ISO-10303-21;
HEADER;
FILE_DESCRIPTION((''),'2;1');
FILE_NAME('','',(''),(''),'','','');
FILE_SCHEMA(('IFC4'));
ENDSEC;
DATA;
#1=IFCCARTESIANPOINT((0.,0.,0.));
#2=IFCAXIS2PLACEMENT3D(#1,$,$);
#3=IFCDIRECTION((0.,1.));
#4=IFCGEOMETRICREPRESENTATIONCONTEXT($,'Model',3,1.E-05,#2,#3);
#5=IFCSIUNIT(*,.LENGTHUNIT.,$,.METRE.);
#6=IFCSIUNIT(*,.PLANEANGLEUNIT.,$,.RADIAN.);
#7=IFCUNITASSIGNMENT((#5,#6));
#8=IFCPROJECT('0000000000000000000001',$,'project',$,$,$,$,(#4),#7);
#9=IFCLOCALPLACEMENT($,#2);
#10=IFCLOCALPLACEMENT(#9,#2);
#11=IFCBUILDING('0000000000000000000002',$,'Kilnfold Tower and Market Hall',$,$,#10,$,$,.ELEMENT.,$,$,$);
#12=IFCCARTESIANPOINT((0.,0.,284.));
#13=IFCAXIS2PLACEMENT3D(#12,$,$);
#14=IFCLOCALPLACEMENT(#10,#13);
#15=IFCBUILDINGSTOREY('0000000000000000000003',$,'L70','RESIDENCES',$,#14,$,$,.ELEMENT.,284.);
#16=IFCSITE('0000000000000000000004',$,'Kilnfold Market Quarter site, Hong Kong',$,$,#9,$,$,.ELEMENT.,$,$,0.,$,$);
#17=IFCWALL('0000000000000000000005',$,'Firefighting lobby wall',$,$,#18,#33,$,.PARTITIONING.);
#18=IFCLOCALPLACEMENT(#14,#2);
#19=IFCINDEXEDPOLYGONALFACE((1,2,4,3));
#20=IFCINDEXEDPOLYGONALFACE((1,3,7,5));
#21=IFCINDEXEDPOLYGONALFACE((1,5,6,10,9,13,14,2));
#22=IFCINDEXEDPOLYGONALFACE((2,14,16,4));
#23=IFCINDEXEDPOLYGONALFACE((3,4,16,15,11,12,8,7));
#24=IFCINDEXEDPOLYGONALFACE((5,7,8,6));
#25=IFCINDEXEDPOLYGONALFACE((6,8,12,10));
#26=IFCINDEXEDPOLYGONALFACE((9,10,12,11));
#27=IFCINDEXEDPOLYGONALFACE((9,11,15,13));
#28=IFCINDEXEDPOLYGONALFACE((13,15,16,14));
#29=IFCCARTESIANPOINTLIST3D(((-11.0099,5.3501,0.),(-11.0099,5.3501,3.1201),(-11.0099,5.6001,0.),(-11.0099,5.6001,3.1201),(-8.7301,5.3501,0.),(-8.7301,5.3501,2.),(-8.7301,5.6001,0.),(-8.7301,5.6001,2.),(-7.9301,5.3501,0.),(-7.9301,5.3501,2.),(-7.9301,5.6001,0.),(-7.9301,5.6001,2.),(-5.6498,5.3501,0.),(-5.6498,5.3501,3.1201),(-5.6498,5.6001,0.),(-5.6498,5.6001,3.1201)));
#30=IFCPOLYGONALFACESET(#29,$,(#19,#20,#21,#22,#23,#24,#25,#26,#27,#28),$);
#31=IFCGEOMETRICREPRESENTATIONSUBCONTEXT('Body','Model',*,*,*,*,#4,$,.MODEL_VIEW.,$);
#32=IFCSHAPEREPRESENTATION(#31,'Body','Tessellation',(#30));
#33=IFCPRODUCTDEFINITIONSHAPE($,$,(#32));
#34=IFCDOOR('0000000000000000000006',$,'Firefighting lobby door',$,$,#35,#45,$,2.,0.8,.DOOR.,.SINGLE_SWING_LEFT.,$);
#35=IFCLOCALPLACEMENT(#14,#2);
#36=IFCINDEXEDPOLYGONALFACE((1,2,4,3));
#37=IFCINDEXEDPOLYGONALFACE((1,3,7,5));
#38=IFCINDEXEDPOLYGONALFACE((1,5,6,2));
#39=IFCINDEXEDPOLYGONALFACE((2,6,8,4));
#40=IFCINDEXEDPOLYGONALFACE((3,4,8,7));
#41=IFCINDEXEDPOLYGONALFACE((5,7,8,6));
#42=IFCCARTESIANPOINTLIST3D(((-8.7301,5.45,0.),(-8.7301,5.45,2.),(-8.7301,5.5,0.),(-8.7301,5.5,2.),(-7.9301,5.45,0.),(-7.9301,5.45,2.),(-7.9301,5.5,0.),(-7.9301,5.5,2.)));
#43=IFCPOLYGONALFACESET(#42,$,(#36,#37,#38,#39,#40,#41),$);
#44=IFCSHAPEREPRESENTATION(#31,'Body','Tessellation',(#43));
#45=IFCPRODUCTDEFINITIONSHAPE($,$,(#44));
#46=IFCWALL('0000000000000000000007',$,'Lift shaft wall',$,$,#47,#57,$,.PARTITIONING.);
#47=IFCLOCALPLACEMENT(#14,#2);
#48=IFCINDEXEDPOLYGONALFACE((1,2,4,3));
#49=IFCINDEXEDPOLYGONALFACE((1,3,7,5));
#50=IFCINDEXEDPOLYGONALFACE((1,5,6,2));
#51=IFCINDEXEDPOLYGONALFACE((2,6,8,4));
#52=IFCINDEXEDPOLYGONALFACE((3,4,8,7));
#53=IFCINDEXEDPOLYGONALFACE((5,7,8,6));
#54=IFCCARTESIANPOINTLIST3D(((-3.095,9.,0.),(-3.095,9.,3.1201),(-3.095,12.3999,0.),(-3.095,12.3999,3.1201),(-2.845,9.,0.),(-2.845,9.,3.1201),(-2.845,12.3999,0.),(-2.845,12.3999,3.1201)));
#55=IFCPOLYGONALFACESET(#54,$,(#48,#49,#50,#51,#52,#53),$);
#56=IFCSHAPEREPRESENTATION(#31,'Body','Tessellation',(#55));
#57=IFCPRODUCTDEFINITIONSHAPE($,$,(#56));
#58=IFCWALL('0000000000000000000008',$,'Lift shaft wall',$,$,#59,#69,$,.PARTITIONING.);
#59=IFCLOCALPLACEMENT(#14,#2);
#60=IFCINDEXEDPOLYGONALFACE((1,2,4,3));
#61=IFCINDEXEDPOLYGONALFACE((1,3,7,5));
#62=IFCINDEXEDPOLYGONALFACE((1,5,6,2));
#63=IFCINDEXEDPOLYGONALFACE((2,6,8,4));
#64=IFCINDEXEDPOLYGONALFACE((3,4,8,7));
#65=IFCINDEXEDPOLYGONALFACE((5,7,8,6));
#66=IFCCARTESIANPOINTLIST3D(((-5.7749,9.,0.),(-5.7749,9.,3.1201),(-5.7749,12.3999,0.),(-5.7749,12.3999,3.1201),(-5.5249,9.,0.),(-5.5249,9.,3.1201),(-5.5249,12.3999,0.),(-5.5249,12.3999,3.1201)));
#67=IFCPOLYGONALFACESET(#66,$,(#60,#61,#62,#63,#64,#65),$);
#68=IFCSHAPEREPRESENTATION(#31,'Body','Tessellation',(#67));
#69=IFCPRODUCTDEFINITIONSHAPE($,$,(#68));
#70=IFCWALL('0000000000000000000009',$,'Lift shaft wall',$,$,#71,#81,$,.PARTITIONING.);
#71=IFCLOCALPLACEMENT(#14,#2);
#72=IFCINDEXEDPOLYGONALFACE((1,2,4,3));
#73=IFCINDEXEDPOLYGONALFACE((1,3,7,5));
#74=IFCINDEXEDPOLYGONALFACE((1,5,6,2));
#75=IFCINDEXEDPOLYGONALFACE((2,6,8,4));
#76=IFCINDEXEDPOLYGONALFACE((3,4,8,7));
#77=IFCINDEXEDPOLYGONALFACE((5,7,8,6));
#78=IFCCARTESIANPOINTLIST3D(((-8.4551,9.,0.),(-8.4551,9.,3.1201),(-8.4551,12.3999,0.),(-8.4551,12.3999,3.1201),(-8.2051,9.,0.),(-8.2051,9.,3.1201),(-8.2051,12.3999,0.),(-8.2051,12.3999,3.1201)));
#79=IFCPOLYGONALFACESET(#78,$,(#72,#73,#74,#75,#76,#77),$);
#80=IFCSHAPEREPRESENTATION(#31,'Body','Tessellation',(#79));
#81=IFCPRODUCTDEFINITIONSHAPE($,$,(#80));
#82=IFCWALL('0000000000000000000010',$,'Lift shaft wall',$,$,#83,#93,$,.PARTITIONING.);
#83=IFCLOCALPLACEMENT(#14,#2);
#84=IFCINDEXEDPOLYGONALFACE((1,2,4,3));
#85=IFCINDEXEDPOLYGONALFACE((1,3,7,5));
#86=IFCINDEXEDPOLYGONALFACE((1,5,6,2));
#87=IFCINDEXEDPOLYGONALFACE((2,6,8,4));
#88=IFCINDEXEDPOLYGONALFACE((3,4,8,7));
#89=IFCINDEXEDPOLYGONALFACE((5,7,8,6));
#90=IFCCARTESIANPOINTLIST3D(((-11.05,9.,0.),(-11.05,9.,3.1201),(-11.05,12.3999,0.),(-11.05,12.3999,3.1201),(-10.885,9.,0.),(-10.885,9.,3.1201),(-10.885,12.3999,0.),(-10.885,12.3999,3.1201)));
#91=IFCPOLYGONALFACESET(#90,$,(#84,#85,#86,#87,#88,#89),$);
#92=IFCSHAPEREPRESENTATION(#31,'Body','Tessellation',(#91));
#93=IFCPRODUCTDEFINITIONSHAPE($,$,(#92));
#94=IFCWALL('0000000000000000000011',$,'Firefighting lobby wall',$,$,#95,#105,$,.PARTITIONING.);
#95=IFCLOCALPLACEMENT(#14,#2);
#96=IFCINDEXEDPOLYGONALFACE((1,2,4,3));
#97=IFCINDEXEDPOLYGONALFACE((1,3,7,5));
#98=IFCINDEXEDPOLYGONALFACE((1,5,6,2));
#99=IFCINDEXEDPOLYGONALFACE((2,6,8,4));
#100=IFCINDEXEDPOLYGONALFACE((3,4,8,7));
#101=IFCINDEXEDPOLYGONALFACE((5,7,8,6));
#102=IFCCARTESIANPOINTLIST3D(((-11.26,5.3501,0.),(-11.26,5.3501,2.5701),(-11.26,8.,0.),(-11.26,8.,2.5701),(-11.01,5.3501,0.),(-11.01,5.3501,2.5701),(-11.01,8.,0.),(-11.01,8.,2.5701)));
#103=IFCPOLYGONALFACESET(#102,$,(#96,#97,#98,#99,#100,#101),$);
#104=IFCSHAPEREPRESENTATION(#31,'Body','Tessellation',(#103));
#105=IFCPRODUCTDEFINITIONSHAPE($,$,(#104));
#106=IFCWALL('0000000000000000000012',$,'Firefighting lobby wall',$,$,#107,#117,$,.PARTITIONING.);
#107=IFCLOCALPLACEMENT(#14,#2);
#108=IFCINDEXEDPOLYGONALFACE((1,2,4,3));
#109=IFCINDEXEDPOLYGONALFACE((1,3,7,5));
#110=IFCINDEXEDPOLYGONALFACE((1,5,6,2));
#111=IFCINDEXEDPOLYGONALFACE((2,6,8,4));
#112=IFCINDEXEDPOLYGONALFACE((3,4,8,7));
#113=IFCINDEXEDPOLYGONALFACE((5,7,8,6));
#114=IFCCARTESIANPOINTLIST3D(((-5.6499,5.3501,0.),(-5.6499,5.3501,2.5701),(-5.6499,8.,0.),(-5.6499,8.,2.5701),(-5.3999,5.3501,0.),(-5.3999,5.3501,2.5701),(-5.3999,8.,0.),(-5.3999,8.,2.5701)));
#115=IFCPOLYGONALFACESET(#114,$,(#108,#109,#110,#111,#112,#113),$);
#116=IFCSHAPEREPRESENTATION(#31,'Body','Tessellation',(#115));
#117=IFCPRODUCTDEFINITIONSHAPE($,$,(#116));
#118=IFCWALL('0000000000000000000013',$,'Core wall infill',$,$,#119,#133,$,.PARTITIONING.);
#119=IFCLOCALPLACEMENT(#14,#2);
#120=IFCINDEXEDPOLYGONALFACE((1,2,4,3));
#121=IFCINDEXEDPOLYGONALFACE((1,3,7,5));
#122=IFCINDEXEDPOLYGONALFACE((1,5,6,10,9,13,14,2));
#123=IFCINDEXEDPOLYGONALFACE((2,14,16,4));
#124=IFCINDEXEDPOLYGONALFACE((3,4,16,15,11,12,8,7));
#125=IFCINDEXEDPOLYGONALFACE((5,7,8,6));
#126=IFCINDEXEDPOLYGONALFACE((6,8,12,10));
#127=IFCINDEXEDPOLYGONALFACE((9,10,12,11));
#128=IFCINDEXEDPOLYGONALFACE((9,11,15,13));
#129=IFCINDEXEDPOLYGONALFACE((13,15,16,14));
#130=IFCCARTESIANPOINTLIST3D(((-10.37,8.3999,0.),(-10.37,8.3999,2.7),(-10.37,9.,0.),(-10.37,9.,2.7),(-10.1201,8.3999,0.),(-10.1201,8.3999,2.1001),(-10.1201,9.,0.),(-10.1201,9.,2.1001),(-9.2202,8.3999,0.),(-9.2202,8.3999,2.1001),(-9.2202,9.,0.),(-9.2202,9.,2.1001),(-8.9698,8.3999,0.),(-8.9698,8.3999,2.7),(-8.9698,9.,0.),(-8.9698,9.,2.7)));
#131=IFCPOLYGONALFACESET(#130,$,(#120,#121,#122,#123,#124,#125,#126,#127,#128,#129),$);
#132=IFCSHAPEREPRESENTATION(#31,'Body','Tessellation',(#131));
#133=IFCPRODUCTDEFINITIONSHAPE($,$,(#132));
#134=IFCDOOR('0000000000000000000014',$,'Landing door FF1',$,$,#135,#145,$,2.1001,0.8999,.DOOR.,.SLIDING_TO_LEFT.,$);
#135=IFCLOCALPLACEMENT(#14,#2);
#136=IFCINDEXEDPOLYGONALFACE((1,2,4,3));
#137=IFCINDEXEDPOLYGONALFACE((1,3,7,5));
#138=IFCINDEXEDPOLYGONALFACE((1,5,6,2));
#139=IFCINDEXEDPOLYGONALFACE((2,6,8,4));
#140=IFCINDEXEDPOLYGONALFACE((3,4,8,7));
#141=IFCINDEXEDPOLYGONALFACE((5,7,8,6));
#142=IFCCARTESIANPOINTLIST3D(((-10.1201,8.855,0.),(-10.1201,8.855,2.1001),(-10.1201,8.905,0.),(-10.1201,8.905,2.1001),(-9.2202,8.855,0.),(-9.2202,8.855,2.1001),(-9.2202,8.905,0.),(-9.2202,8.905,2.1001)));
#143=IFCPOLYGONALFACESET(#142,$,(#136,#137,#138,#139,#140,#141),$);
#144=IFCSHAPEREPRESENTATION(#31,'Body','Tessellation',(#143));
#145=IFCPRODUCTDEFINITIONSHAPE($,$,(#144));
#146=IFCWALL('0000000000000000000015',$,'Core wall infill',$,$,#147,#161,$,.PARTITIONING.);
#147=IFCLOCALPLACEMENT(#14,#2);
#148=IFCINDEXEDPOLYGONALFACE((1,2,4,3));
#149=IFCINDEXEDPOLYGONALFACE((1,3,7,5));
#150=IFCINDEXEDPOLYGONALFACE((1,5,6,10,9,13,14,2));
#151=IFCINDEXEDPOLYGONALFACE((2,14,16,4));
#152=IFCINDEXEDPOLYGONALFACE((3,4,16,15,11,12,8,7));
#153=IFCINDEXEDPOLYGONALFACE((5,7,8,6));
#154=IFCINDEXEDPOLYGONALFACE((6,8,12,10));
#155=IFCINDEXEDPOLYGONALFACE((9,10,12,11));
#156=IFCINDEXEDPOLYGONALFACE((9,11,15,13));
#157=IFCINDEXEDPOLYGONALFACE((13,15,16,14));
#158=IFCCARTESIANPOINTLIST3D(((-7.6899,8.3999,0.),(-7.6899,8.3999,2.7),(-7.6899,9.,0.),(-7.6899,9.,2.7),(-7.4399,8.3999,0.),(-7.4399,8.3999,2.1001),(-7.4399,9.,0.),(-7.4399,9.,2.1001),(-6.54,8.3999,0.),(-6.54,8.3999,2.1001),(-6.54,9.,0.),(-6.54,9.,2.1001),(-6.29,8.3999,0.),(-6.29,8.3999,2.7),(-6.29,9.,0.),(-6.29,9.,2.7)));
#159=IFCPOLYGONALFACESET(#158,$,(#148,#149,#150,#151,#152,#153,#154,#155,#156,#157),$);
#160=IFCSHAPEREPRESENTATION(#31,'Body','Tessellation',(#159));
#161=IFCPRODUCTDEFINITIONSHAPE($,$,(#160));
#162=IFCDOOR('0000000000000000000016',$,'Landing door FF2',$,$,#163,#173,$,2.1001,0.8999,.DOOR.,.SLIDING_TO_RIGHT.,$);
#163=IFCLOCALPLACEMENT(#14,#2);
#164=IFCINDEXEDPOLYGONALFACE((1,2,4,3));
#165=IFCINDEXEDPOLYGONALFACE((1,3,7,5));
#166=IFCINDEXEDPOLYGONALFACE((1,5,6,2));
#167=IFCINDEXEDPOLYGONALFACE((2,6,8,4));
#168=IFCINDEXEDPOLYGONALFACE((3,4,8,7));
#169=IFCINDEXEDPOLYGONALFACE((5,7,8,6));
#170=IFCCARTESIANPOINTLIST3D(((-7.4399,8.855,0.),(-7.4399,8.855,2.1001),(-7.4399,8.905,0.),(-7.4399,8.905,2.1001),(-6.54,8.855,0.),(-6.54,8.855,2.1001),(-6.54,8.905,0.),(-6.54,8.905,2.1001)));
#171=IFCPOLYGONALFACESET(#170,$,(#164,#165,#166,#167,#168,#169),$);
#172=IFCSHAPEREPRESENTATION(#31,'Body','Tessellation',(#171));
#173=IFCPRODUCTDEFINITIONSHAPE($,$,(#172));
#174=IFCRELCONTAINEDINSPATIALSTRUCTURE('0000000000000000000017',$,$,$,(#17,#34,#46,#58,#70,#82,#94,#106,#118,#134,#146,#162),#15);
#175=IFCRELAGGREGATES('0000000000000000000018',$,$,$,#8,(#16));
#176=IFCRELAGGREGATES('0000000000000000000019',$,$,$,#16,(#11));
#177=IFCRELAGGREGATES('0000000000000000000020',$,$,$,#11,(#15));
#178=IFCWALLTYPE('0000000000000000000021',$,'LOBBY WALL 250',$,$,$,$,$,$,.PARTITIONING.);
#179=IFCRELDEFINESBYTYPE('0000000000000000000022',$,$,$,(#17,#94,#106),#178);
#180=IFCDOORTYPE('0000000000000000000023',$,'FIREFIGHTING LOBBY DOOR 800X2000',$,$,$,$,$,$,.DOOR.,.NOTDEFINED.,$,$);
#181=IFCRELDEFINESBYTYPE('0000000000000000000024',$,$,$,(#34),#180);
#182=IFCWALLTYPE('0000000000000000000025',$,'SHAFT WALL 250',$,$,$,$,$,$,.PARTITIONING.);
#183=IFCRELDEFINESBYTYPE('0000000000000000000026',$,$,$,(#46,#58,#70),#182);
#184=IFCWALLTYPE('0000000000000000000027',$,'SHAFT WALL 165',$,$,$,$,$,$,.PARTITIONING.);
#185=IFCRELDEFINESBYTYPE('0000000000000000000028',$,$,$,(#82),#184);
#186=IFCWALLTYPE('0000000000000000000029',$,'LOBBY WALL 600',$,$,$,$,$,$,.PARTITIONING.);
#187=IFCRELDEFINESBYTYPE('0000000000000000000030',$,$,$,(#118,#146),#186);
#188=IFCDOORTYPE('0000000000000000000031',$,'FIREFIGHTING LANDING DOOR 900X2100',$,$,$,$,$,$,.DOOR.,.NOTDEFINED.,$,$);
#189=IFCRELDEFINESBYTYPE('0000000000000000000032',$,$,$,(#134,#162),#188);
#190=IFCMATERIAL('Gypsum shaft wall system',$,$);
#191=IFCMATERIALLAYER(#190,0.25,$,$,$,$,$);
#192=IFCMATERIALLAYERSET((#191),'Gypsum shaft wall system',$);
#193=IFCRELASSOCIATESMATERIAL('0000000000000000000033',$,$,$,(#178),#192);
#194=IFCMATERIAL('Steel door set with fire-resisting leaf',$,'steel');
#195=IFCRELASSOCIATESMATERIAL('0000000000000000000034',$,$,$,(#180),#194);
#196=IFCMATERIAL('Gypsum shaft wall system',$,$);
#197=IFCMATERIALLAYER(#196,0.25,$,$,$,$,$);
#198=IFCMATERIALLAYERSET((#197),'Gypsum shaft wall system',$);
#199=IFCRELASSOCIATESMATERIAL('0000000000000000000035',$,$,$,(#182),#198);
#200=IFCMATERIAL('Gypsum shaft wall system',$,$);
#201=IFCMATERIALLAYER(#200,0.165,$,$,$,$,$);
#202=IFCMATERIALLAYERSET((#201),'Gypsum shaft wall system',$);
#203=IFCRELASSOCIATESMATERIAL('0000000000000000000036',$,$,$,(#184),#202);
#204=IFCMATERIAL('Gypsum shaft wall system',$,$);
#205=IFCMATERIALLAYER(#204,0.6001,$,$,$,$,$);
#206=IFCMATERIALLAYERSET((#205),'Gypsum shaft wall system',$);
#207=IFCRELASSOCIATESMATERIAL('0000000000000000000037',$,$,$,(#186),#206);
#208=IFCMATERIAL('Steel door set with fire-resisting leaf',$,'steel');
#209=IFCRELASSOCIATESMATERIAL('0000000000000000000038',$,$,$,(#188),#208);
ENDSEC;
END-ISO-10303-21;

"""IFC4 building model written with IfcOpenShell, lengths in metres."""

from ifc_helpers import new_model, si_unit, direction, frame, frame_2d, origin, place, context, subcontext, project, spatial, rectangle, extrude, source, transform, mapped, material, layer, layer_set, type_object, element, fill, save


model = new_model("IFC4")

# Units and contexts
model_context = context("Model", 3, precision=1e-05, world=origin(), true_north=direction((0.0, 1.0)))
body_context = subcontext(model_context, "Body", "Model", "MODEL_VIEW")
ifc_project = project(units=[si_unit("LENGTHUNIT", "METRE"), si_unit("PLANEANGLEUNIT", "RADIAN")], contexts=[model_context])

# Site, building, storey
site_placement = place(None, origin())
site = spatial("IfcSite", under=ifc_project, at=site_placement, Name="Kilnfold Market Quarter site, Hong Kong", CompositionType="ELEMENT", RefElevation=0.0)
building_placement = place(site_placement, origin())
building = spatial("IfcBuilding", under=site, at=building_placement, Name="Kilnfold Tower and Market Hall", CompositionType="ELEMENT")
storey_placement = place(building_placement, frame((0.0, 0.0, 284.0)))
storey = spatial("IfcBuildingStorey", under=building, at=storey_placement, Name="L70", Description="RESIDENCES", CompositionType="ELEMENT", Elevation=284.0)

# Wall, opening, door
ifc_material_1 = material(Name="Gypsum shaft wall system")
ifc_layer_1 = layer(ifc_material_1, 0.25)
ifc_layer_set_1 = layer_set([ifc_layer_1], Name="Gypsum shaft wall system")
wall_type_1 = type_object("IfcWallType", Name="LOBBY WALL 250", PredefinedType="PARTITIONING", material=ifc_layer_set_1)
shared_shape_1 = source(origin(), body_context, "Body", "SweptSolid", [
    extrude(rectangle(XDim=5.3601, YDim=0.25, at=frame_2d((2.6802, 0.0))), origin(), (0.0, 0.0, 1.0), 3.1201),
])
wall_1_placement = place(storey_placement, frame((-11.01, 5.4751, 0.0), z_axis=(0.0, 0.0, 1.0), x_axis=(1.0, 0.0, 0.0)))
wall_1 = element("IfcWall", 1, at=wall_1_placement, inside=storey, type_object=wall_type_1, Name="Firefighting lobby wall", PredefinedType="PARTITIONING", context=body_context, shape_type="MappedRepresentation", body=[
    mapped(shared_shape_1, transform((0.0, 0.0, 0.0))),
])
opening_1_placement = place(wall_1_placement, frame((2.28, 0.0, 0.0)))
opening_1 = element("IfcOpeningElement", 2, at=opening_1_placement, cuts=wall_1, PredefinedType="OPENING", context=body_context, shape_type="SweptSolid", body=[
    extrude(rectangle(XDim=0.8, YDim=2.0, at=frame_2d((0.3999, 1.0))), frame((0.0, 0.135, 0.0), z_axis=(0.0, -1.0, 0.0), x_axis=(1.0, 0.0, 0.0)), (0.0, 0.0, 1.0), 0.27),
])
ifc_material_2 = material(Name="Steel door set with fire-resisting leaf", Category="steel")
door_type_1 = type_object("IfcDoorType", Name="FIREFIGHTING LOBBY DOOR 800X2000", OperationType="NOTDEFINED", PredefinedType="DOOR", material=ifc_material_2)
door_1_placement = place(opening_1_placement, origin())
door_1 = element("IfcDoor", 3, at=door_1_placement, inside=storey, type_object=door_type_1, Name="Firefighting lobby door", OperationType="SINGLE_SWING_LEFT", OverallHeight=2.0, OverallWidth=0.8, PredefinedType="DOOR", context=body_context, shape_type="SweptSolid", body=[
    extrude(rectangle(XDim=0.8, YDim=2.0, at=frame_2d((0.3999, 1.0))), frame((0.0, 0.0249, 0.0), z_axis=(0.0, -1.0, 0.0), x_axis=(1.0, 0.0, 0.0)), (0.0, 0.0, 1.0), 0.05),
])
fill(opening_1, door_1)

# Walls
ifc_material_3 = material(Name="Gypsum shaft wall system")
ifc_layer_2 = layer(ifc_material_3, 0.25)
ifc_layer_set_2 = layer_set([ifc_layer_2], Name="Gypsum shaft wall system")
wall_type_2 = type_object("IfcWallType", Name="SHAFT WALL 250", PredefinedType="PARTITIONING", material=ifc_layer_set_2)
shared_shape_2 = source(origin(), body_context, "Body", "SweptSolid", [
    extrude(rectangle(XDim=3.3999, YDim=0.25, at=frame_2d((1.7, 0.0))), origin(), (0.0, 0.0, 1.0), 3.1201),
])
for number, where, z_axis, x_axis, name in (
    (4, (-2.97, 9.0, 0.0), (0.0, 0.0, 1.0), (0.0, 1.0, 0.0), "Lift shaft wall"),
    (5, (-5.6499, 9.0, 0.0), (0.0, 0.0, 1.0), (0.0, 1.0, 0.0), "Lift shaft wall"),
    (6, (-8.3301, 9.0, 0.0), (0.0, 0.0, 1.0), (0.0, 1.0, 0.0), "Lift shaft wall"),
):
    element("IfcWall", number, at=place(storey_placement, frame(where, z_axis=z_axis, x_axis=x_axis)), inside=storey, type_object=wall_type_2, Name=name, PredefinedType="PARTITIONING", context=body_context, shape_type="MappedRepresentation", body=[
        mapped(shared_shape_2, transform((0.0, 0.0, 0.0))),
    ])
ifc_material_4 = material(Name="Gypsum shaft wall system")
ifc_layer_3 = layer(ifc_material_4, 0.165)
ifc_layer_set_3 = layer_set([ifc_layer_3], Name="Gypsum shaft wall system")
wall_type_3 = type_object("IfcWallType", Name="SHAFT WALL 165", PredefinedType="PARTITIONING", material=ifc_layer_set_3)
shared_shape_3 = source(origin(), body_context, "Body", "SweptSolid", [
    extrude(rectangle(XDim=3.3999, YDim=0.165, at=frame_2d((1.7, 0.0))), origin(), (0.0, 0.0, 1.0), 3.1201),
])
wall_2_placement = place(storey_placement, frame((-10.9675, 9.0, 0.0), z_axis=(0.0, 0.0, 1.0), x_axis=(0.0, 1.0, 0.0)))
element("IfcWall", 7, at=wall_2_placement, inside=storey, type_object=wall_type_3, Name="Lift shaft wall", PredefinedType="PARTITIONING", context=body_context, shape_type="MappedRepresentation", body=[
    mapped(shared_shape_3, transform((0.0, 0.0, 0.0))),
])
shared_shape_4 = source(origin(), body_context, "Body", "SweptSolid", [
    extrude(rectangle(XDim=2.6499, YDim=0.25, at=frame_2d((1.325, 0.0))), origin(), (0.0, 0.0, 1.0), 2.5701),
])
for number, where, z_axis, x_axis, name in (
    (8, (-11.135, 5.3501, 0.0), (0.0, 0.0, 1.0), (0.0, 1.0, 0.0), "Firefighting lobby wall"),
    (9, (-5.5249, 5.3501, 0.0), (0.0, 0.0, 1.0), (0.0, 1.0, 0.0), "Firefighting lobby wall"),
):
    element("IfcWall", number, at=place(storey_placement, frame(where, z_axis=z_axis, x_axis=x_axis)), inside=storey, type_object=wall_type_1, Name=name, PredefinedType="PARTITIONING", context=body_context, shape_type="MappedRepresentation", body=[
        mapped(shared_shape_4, transform((0.0, 0.0, 0.0))),
    ])

# Walls, openings, doors
ifc_material_5 = material(Name="Gypsum shaft wall system")
ifc_layer_4 = layer(ifc_material_5, 0.6001)
ifc_layer_set_4 = layer_set([ifc_layer_4], Name="Gypsum shaft wall system")
wall_type_4 = type_object("IfcWallType", Name="LOBBY WALL 600", PredefinedType="PARTITIONING", material=ifc_layer_set_4)
shared_shape_5 = source(origin(), body_context, "Body", "SweptSolid", [
    extrude(rectangle(XDim=1.4001, YDim=0.6001, at=frame_2d((0.7002, 0.0))), origin(), (0.0, 0.0, 1.0), 2.7),
])
wall_3_placement = place(storey_placement, frame((-10.3701, 8.7, 0.0), z_axis=(0.0, 0.0, 1.0), x_axis=(1.0, 0.0, 0.0)))
wall_3 = element("IfcWall", 10, at=wall_3_placement, inside=storey, type_object=wall_type_4, Name="Core wall infill", PredefinedType="PARTITIONING", context=body_context, shape_type="MappedRepresentation", body=[
    mapped(shared_shape_5, transform((0.0, 0.0, 0.0))),
])
opening_2_placement = place(wall_3_placement, frame((0.25, 0.0, 0.0)))
opening_2 = element("IfcOpeningElement", 11, at=opening_2_placement, cuts=wall_3, PredefinedType="OPENING", context=body_context, shape_type="SweptSolid", body=[
    extrude(rectangle(XDim=0.8999, YDim=2.1001, at=frame_2d((0.45, 1.05))), frame((0.0, 0.3101, 0.0), z_axis=(0.0, -1.0, 0.0), x_axis=(1.0, 0.0, 0.0)), (0.0, 0.0, 1.0), 0.6201),
])
ifc_material_6 = material(Name="Steel door set with fire-resisting leaf", Category="steel")
door_type_2 = type_object("IfcDoorType", Name="FIREFIGHTING LANDING DOOR 900X2100", OperationType="NOTDEFINED", PredefinedType="DOOR", material=ifc_material_6)
door_2_placement = place(opening_2_placement, origin())
door_2 = element("IfcDoor", 12, at=door_2_placement, inside=storey, type_object=door_type_2, Name="Landing door FF1", OperationType="SLIDING_TO_LEFT", OverallHeight=2.1001, OverallWidth=0.8999, PredefinedType="DOOR", context=body_context, shape_type="SweptSolid", body=[
    extrude(rectangle(XDim=0.8999, YDim=2.1001, at=frame_2d((0.45, 1.05))), frame((0.0, 0.2051, 0.0), z_axis=(0.0, -1.0, 0.0), x_axis=(1.0, 0.0, 0.0)), (0.0, 0.0, 1.0), 0.05),
])
fill(opening_2, door_2)
shared_shape_6 = source(origin(), body_context, "Body", "SweptSolid", [
    extrude(rectangle(XDim=1.3999, YDim=0.6001, at=frame_2d((0.7, 0.0))), origin(), (0.0, 0.0, 1.0), 2.7),
])
wall_4_placement = place(storey_placement, frame((-7.6899, 8.7, 0.0), z_axis=(0.0, 0.0, 1.0), x_axis=(1.0, 0.0, 0.0)))
wall_4 = element("IfcWall", 13, at=wall_4_placement, inside=storey, type_object=wall_type_4, Name="Core wall infill", PredefinedType="PARTITIONING", context=body_context, shape_type="MappedRepresentation", body=[
    mapped(shared_shape_6, transform((0.0, 0.0, 0.0))),
])
opening_3_placement = place(wall_4_placement, frame((0.25, 0.0, 0.0)))
opening_3 = element("IfcOpeningElement", 14, at=opening_3_placement, cuts=wall_4, PredefinedType="OPENING", context=body_context, shape_type="SweptSolid", body=[
    extrude(rectangle(XDim=0.8999, YDim=2.1001, at=frame_2d((0.45, 1.05))), frame((0.0, 0.3101, 0.0), z_axis=(0.0, -1.0, 0.0), x_axis=(1.0, 0.0, 0.0)), (0.0, 0.0, 1.0), 0.6201),
])
door_3_placement = place(opening_3_placement, origin())
door_3 = element("IfcDoor", 15, at=door_3_placement, inside=storey, type_object=door_type_2, Name="Landing door FF2", OperationType="SLIDING_TO_RIGHT", OverallHeight=2.1001, OverallWidth=0.8999, PredefinedType="DOOR", context=body_context, shape_type="SweptSolid", body=[
    extrude(rectangle(XDim=0.8999, YDim=2.1001, at=frame_2d((0.45, 1.05))), frame((0.0, 0.2051, 0.0), z_axis=(0.0, -1.0, 0.0), x_axis=(1.0, 0.0, 0.0)), (0.0, 0.0, 1.0), 0.05),
])
fill(opening_3, door_3)

save(model, "model.ifc")
